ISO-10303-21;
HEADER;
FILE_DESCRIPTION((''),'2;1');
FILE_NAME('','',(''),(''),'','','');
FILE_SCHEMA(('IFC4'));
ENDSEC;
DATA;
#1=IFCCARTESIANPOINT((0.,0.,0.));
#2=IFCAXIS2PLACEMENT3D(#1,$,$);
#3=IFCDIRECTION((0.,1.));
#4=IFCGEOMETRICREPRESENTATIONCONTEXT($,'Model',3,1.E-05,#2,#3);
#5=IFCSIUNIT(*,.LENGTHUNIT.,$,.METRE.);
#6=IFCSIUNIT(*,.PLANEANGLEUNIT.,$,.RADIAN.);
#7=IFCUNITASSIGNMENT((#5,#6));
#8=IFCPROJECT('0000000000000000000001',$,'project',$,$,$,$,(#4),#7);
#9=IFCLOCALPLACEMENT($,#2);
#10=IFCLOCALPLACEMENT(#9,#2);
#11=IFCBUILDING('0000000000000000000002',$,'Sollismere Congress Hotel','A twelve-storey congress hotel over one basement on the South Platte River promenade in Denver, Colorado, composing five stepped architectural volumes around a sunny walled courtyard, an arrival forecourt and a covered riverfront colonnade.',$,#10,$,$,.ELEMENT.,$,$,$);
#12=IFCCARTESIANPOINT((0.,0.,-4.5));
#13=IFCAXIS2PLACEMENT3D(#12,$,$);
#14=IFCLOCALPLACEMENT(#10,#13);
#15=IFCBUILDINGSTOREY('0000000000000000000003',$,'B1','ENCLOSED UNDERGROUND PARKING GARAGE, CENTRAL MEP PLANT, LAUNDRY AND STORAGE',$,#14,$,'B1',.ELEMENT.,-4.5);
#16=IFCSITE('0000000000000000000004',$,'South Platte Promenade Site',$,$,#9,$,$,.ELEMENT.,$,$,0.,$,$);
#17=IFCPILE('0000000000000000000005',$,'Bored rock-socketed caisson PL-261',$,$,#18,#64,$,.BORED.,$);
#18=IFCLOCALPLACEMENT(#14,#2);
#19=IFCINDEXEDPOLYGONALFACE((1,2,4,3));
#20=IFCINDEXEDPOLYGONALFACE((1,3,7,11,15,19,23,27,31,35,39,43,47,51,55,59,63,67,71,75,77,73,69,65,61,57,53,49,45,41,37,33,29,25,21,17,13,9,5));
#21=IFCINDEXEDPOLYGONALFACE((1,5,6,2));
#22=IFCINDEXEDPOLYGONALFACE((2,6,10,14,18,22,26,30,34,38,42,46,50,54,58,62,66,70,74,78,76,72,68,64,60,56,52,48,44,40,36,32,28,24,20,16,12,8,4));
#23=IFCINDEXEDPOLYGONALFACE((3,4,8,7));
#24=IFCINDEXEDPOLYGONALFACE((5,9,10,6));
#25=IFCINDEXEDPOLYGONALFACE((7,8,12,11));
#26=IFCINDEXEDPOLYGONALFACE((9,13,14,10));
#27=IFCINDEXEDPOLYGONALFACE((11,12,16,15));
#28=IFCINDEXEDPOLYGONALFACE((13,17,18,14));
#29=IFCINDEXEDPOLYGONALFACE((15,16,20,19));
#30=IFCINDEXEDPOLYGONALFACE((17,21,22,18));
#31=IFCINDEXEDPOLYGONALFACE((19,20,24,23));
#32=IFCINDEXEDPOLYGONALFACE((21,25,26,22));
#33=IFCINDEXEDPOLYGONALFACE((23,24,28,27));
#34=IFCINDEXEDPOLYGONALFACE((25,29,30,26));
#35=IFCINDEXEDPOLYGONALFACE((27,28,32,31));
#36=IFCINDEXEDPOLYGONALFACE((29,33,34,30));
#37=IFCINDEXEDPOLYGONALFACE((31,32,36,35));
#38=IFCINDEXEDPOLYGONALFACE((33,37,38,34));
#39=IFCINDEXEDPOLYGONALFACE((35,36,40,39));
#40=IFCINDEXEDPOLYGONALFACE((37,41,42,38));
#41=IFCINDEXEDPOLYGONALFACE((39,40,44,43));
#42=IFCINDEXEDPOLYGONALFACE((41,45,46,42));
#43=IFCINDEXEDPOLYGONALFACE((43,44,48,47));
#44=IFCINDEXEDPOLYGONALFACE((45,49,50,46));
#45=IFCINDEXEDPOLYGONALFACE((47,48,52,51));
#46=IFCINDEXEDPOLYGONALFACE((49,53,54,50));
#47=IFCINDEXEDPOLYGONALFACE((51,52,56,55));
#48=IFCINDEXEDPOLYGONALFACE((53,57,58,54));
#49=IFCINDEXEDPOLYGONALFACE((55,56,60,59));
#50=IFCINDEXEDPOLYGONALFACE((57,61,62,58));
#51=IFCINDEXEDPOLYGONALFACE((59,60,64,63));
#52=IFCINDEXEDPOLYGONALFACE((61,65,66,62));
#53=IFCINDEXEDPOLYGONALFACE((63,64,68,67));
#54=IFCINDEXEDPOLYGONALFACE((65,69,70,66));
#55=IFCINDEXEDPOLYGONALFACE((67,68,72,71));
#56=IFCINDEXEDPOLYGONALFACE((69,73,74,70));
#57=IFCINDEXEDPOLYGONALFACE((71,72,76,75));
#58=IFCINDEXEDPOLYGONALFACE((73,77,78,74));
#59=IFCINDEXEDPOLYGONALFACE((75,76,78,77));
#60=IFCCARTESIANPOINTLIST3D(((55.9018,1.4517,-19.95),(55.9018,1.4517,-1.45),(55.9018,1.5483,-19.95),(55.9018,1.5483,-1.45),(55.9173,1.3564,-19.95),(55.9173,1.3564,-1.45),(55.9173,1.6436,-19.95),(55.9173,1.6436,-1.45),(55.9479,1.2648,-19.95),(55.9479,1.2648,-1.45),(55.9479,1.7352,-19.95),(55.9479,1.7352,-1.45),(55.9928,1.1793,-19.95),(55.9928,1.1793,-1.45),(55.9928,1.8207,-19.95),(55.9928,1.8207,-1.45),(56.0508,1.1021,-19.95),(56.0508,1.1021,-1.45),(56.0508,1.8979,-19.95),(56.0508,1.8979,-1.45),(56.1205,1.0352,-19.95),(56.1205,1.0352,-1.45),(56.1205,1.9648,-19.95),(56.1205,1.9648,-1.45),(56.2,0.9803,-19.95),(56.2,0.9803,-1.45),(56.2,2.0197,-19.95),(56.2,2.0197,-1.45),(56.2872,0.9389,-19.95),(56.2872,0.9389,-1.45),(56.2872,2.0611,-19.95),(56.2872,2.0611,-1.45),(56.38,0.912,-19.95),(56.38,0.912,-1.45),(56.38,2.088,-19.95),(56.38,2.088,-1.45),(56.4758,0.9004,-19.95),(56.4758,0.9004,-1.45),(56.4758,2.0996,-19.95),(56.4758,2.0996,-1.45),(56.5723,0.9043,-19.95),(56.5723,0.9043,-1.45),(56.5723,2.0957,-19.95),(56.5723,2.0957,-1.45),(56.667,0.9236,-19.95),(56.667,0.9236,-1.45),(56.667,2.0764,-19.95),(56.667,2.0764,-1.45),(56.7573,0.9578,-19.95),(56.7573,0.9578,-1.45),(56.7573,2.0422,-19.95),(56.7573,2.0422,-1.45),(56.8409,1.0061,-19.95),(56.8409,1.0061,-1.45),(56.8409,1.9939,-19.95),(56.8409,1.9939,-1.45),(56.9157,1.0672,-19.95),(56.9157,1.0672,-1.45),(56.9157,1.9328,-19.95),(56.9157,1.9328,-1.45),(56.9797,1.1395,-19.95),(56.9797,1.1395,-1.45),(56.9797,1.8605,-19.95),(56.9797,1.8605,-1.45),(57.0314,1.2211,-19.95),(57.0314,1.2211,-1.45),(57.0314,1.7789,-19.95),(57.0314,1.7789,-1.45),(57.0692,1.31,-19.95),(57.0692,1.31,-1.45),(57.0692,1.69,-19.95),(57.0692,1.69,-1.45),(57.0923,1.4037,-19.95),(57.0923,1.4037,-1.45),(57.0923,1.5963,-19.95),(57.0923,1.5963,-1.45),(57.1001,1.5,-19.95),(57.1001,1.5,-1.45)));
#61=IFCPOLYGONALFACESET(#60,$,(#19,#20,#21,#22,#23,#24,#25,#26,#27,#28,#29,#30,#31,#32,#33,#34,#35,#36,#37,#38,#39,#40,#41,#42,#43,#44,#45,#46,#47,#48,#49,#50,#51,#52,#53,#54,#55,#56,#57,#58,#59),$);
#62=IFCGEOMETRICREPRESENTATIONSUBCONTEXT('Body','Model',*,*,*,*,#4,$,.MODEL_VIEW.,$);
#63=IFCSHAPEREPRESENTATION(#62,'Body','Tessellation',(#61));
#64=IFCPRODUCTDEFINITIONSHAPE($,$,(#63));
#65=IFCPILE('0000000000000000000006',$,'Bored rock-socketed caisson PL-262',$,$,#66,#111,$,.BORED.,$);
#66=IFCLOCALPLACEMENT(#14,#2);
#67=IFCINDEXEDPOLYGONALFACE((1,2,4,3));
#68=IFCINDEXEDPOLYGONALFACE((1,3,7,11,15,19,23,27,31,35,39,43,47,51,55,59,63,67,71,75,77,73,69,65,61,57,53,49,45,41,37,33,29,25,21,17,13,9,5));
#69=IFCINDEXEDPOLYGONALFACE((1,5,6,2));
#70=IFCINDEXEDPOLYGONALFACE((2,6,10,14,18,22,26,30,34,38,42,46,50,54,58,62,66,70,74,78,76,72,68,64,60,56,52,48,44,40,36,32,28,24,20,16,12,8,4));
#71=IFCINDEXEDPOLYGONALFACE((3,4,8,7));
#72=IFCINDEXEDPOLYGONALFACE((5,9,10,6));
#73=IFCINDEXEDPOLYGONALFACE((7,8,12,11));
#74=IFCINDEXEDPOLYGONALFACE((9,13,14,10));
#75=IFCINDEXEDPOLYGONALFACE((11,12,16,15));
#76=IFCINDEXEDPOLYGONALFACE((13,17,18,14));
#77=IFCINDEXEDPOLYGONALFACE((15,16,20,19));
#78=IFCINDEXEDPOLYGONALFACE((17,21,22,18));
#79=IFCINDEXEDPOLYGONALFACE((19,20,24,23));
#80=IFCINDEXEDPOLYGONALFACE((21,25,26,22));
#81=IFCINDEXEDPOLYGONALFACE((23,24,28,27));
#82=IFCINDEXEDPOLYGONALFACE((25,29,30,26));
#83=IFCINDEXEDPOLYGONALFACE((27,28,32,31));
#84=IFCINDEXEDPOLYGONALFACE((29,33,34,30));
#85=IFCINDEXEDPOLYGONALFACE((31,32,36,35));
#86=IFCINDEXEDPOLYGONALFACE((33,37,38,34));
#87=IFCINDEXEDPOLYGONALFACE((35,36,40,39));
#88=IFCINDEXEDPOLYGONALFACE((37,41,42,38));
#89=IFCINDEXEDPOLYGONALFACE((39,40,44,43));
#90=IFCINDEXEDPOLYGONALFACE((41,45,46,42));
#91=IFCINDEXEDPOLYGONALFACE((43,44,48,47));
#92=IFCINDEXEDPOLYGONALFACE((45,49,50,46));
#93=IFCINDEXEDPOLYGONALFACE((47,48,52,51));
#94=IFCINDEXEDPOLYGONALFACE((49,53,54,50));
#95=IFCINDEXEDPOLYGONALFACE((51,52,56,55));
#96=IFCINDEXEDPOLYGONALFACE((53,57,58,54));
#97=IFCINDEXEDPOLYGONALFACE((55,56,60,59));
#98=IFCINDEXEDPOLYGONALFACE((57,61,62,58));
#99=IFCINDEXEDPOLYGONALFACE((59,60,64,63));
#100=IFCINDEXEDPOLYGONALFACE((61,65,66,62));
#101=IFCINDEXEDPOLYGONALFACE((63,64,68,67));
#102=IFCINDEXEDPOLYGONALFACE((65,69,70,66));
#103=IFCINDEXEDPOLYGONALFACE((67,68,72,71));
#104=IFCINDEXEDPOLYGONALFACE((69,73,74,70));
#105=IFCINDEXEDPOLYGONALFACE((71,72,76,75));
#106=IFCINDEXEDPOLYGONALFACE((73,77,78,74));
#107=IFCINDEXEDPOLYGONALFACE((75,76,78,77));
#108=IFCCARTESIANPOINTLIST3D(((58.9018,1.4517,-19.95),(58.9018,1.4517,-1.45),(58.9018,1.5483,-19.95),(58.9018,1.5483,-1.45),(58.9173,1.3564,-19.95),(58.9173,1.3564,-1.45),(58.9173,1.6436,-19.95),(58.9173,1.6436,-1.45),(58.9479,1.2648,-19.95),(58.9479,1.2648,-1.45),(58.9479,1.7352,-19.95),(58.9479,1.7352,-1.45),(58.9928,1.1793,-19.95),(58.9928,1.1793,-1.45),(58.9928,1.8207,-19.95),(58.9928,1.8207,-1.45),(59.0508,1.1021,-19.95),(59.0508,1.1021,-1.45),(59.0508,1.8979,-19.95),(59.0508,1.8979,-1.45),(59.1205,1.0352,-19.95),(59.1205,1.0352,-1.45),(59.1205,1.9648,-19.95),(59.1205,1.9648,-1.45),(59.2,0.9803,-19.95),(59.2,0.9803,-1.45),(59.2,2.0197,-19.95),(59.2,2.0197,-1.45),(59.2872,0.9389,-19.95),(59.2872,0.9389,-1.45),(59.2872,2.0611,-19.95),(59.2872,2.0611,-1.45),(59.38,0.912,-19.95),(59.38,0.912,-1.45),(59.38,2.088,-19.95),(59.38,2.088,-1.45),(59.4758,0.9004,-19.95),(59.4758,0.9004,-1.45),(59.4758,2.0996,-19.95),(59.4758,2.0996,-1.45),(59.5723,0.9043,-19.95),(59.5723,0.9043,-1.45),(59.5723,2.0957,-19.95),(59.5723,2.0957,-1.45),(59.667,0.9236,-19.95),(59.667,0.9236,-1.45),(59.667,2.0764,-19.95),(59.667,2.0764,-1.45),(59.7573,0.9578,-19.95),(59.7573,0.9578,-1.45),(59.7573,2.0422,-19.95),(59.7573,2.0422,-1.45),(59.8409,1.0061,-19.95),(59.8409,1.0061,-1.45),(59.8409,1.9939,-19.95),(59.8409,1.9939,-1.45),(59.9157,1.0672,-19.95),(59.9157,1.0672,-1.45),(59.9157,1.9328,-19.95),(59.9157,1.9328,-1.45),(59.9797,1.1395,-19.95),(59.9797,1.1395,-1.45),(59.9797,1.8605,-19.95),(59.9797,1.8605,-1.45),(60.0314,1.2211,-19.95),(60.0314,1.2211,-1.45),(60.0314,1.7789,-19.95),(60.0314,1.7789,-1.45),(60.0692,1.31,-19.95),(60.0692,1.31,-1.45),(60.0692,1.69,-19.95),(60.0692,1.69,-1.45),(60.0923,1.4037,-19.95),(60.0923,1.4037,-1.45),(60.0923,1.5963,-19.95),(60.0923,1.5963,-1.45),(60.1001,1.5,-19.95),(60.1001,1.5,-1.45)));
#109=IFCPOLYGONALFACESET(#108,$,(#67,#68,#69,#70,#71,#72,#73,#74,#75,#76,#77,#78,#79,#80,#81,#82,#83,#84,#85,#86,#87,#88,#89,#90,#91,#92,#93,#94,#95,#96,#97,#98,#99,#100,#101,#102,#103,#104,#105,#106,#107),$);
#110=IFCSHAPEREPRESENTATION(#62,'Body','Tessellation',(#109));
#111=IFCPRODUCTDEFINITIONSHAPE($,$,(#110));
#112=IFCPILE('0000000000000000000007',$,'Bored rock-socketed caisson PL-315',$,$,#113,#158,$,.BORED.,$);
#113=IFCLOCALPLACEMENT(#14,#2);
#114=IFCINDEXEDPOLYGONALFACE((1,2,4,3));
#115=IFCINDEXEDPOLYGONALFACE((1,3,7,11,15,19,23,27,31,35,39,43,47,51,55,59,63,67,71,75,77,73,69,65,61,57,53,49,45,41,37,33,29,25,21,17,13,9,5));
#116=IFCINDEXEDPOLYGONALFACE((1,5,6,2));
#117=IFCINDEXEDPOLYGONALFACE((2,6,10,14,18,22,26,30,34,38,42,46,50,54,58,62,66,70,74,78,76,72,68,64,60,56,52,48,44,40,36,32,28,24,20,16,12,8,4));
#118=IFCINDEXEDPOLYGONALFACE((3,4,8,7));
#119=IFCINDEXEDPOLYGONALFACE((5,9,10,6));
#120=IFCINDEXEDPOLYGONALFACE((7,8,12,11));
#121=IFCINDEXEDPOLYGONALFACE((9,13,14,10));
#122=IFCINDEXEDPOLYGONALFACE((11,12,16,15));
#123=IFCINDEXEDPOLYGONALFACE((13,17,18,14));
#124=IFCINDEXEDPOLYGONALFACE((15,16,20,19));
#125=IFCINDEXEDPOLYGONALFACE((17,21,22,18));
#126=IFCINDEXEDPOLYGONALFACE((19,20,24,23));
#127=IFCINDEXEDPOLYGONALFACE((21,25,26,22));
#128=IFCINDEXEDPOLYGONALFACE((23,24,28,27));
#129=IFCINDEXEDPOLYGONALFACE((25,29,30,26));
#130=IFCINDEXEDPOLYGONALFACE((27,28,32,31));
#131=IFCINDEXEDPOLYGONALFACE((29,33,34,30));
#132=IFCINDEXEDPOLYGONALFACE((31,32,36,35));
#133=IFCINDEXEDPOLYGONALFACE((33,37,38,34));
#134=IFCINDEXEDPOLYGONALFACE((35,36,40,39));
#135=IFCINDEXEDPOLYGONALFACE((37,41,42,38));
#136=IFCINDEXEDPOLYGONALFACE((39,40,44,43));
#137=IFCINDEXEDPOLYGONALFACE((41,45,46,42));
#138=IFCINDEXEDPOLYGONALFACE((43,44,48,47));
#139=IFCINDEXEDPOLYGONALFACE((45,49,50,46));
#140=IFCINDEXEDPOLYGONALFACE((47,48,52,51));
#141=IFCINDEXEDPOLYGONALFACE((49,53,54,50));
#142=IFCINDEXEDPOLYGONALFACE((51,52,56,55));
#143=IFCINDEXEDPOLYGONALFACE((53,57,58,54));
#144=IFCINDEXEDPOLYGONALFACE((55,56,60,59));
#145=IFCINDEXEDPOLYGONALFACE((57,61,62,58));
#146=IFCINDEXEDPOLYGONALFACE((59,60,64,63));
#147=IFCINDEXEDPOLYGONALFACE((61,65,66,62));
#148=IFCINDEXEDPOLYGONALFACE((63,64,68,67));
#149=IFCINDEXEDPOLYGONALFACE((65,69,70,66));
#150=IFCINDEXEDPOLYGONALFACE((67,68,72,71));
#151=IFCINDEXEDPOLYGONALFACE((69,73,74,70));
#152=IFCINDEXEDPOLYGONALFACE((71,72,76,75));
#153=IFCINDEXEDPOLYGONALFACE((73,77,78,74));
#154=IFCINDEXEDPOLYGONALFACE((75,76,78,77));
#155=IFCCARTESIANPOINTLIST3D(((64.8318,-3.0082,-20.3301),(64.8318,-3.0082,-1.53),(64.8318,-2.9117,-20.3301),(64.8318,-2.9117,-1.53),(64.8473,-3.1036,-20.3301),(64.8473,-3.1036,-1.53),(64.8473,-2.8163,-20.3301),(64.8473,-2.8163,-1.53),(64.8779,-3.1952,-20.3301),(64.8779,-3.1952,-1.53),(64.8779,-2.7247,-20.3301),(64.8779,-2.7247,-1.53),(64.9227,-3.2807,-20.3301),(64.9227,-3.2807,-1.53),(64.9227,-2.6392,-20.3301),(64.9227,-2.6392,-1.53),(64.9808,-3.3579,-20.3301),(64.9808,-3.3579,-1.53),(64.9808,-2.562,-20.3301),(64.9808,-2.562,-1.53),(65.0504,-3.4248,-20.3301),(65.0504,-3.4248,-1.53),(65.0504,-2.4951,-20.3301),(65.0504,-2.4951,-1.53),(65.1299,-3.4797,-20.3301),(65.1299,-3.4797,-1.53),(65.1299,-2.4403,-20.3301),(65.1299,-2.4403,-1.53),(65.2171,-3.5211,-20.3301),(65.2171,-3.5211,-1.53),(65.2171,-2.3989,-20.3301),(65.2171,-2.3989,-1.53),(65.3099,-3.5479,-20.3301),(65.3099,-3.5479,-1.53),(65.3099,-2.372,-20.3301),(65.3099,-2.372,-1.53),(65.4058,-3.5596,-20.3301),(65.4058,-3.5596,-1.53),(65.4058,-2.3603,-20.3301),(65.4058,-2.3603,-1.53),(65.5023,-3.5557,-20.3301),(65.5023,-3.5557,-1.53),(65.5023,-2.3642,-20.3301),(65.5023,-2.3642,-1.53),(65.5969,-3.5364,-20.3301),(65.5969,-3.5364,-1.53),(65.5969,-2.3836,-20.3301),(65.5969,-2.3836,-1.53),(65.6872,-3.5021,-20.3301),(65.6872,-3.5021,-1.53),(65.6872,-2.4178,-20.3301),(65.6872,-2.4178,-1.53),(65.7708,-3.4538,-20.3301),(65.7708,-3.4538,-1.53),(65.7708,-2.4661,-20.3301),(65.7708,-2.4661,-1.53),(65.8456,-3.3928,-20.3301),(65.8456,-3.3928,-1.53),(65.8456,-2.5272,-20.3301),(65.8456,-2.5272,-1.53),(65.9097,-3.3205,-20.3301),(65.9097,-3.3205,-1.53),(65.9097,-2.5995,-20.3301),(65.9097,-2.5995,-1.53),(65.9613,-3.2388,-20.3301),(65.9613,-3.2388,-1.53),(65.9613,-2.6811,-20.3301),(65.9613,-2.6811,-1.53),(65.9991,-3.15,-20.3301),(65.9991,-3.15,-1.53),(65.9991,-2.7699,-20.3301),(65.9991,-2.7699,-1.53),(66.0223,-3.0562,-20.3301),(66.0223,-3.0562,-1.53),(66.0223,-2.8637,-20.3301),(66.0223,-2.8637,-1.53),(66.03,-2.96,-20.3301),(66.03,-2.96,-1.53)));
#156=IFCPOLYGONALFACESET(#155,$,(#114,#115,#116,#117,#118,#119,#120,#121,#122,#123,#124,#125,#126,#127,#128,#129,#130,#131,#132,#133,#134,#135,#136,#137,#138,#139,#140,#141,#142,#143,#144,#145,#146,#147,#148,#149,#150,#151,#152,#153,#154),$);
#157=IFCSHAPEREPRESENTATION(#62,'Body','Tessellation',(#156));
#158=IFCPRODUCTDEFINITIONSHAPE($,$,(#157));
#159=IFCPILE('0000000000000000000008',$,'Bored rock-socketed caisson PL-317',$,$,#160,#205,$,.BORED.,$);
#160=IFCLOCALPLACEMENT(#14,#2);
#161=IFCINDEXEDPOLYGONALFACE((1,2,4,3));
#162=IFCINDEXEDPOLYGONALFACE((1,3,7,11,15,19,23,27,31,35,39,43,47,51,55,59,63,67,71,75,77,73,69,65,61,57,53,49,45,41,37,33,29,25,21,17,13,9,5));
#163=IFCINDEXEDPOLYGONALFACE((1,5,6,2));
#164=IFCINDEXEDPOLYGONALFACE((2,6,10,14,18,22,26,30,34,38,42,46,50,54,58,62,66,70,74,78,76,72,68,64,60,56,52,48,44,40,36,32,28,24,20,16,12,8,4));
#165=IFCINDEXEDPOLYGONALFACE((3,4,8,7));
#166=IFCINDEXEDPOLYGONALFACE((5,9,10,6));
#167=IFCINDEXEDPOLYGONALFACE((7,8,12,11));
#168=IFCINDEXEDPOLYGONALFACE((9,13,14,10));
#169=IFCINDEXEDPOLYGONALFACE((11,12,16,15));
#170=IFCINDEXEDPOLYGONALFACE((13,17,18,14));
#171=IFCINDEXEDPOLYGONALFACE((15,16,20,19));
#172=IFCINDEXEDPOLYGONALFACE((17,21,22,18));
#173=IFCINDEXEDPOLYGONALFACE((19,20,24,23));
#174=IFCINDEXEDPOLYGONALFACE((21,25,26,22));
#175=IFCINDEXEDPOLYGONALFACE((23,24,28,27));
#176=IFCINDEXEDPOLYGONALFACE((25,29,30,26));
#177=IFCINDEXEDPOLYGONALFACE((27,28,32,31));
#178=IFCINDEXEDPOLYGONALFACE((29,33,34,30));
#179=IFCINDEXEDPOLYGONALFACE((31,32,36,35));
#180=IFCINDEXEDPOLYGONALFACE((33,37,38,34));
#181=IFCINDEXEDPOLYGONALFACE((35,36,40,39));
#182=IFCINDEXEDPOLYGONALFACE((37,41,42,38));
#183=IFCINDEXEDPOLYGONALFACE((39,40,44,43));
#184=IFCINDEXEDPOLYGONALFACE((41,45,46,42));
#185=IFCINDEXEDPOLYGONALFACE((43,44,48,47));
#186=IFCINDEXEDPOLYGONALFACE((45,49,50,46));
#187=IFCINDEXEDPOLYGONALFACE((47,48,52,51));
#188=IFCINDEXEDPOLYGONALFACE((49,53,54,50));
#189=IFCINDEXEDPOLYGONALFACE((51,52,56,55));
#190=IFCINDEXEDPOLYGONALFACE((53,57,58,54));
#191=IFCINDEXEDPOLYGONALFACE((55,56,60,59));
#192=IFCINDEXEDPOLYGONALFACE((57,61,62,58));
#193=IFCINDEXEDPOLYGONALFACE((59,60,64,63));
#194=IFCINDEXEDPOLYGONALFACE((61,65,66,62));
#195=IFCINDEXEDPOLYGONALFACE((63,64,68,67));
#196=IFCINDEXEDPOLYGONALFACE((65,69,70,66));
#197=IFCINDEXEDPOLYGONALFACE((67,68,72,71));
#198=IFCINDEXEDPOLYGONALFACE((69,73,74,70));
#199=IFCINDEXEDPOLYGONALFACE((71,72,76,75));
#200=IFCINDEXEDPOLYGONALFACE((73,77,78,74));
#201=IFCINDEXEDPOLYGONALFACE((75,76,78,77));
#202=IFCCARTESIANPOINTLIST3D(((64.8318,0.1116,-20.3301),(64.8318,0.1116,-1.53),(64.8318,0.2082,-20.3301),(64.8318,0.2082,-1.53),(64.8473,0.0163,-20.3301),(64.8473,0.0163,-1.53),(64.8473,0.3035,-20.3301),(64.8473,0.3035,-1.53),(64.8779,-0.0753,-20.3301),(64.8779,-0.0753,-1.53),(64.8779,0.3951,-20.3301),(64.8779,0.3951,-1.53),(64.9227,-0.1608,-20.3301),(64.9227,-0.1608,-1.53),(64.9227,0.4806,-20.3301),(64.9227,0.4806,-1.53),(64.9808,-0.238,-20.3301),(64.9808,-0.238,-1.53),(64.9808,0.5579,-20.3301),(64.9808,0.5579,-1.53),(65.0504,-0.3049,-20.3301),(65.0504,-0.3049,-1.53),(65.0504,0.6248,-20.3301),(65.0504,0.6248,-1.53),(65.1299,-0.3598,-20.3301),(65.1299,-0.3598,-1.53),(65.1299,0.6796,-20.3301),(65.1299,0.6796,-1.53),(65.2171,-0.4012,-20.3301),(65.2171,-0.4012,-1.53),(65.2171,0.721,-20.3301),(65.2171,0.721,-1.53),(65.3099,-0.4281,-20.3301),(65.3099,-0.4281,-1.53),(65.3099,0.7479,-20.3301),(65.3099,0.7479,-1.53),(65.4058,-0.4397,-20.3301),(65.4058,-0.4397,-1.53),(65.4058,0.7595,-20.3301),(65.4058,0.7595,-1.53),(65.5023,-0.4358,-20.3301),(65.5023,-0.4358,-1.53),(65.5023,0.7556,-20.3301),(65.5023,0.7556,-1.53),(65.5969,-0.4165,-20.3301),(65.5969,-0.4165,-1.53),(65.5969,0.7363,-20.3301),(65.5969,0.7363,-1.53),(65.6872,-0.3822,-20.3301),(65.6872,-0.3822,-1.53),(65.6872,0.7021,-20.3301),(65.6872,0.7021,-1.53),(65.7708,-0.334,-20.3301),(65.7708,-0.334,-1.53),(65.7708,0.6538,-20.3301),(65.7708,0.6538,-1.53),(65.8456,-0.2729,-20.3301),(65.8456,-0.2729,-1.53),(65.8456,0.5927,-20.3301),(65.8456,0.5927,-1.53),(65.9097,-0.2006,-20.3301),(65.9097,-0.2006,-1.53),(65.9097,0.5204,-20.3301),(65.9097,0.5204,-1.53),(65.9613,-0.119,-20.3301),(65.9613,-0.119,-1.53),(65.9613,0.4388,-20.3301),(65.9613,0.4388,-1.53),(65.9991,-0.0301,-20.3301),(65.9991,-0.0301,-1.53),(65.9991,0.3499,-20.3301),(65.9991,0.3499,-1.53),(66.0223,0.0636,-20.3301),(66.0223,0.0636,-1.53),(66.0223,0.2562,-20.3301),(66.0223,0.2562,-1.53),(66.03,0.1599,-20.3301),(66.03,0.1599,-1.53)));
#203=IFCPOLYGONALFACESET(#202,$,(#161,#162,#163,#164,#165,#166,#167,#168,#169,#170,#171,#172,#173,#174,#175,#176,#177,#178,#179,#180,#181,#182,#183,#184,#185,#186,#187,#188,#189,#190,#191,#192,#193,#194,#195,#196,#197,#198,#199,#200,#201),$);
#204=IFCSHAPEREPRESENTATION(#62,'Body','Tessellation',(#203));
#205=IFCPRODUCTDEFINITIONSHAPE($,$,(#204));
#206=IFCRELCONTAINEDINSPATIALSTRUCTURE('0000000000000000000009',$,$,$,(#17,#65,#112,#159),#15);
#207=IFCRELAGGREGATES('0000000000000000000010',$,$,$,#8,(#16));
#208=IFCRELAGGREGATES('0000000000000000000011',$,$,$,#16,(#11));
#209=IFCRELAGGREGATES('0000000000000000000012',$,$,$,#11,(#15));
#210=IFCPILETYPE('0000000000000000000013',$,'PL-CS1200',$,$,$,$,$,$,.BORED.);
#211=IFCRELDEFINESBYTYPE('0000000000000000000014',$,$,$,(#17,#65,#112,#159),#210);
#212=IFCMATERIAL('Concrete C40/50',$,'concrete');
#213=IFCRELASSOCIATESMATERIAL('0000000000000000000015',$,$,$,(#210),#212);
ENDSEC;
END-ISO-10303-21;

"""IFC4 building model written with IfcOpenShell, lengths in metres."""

from ifc_helpers import new_model, si_unit, direction, frame, origin, origin_2d, place, context, subcontext, project, spatial, circle, extrude, material, material_profile, profile_set, type_object, element, save


model = new_model("IFC4")

# Units and contexts
model_context = context("Model", 3, precision=1e-05, world=origin(), true_north=direction((0.0, 1.0)))
body_context = subcontext(model_context, "Body", "Model", "MODEL_VIEW")
ifc_project = project(units=[si_unit("LENGTHUNIT", "METRE"), si_unit("PLANEANGLEUNIT", "RADIAN")], contexts=[model_context])

# Site, building, storey
site_placement = place(None, origin())
site = spatial("IfcSite", under=ifc_project, at=site_placement, Name="South Platte Promenade Site", CompositionType="ELEMENT", RefElevation=0.0)
building_placement = place(site_placement, origin())
building = spatial("IfcBuilding", under=site, at=building_placement, Name="Sollismere Congress Hotel", Description="A twelve-storey congress hotel over one basement on the South Platte River promenade in Denver, Colorado, composing five stepped architectural volumes around a sunny walled courtyard, an arrival forecourt and a covered riverfront colonnade.", CompositionType="ELEMENT")
storey_placement = place(building_placement, frame((0.0, 0.0, -4.5)))
storey = spatial("IfcBuildingStorey", under=building, at=storey_placement, Name="B1", Description="ENCLOSED UNDERGROUND PARKING GARAGE, CENTRAL MEP PLANT, LAUNDRY AND STORAGE", LongName="B1", CompositionType="ELEMENT", Elevation=-4.5)

# Shared definitions
ifc_material_1 = material(Name="Concrete C40/50", Category="concrete")

# Piles
ifc_material_profile_1 = material_profile(ifc_material_1, circle(Radius=0.6001, at=origin_2d()), Name="CAISSON1200")
ifc_profile_set_1 = profile_set([ifc_material_profile_1], Name="Concrete C40/50")
pile_type = type_object("IfcPileType", Name="PL-CS1200", PredefinedType="BORED", material=ifc_profile_set_1)
for number, where, z_axis, x_axis, name in (
    (1, (56.5, 1.5, -1.45), (0.0, 0.0, -1.0), (1.0, 0.0, 0.0), "Bored rock-socketed caisson PL-261"),
    (2, (59.5, 1.5, -1.45), (0.0, 0.0, -1.0), (1.0, 0.0, 0.0), "Bored rock-socketed caisson PL-262"),
):
    element("IfcPile", number, at=place(storey_placement, frame(where, z_axis=z_axis, x_axis=x_axis)), inside=storey, type_object=pile_type, Name=name, PredefinedType="BORED", context=body_context, shape_type="SweptSolid", body=[
        extrude(circle(Radius=0.6001, at=origin_2d()), origin(), (0.0, 0.0, 1.0), 18.5),
    ])
for number, where, z_axis, x_axis, name in (
    (3, (65.4299, -2.96, -1.53), (0.0, 0.0, -1.0), (1.0, 0.0, 0.0), "Bored rock-socketed caisson PL-315"),
    (4, (65.4299, 0.1599, -1.53), (0.0, 0.0, -1.0), (1.0, 0.0, 0.0), "Bored rock-socketed caisson PL-317"),
):
    element("IfcPile", number, at=place(storey_placement, frame(where, z_axis=z_axis, x_axis=x_axis)), inside=storey, type_object=pile_type, Name=name, PredefinedType="BORED", context=body_context, shape_type="SweptSolid", body=[
        extrude(circle(Radius=0.6001, at=origin_2d()), origin(), (0.0, 0.0, 1.0), 18.8),
    ])

save(model, "model.ifc")
